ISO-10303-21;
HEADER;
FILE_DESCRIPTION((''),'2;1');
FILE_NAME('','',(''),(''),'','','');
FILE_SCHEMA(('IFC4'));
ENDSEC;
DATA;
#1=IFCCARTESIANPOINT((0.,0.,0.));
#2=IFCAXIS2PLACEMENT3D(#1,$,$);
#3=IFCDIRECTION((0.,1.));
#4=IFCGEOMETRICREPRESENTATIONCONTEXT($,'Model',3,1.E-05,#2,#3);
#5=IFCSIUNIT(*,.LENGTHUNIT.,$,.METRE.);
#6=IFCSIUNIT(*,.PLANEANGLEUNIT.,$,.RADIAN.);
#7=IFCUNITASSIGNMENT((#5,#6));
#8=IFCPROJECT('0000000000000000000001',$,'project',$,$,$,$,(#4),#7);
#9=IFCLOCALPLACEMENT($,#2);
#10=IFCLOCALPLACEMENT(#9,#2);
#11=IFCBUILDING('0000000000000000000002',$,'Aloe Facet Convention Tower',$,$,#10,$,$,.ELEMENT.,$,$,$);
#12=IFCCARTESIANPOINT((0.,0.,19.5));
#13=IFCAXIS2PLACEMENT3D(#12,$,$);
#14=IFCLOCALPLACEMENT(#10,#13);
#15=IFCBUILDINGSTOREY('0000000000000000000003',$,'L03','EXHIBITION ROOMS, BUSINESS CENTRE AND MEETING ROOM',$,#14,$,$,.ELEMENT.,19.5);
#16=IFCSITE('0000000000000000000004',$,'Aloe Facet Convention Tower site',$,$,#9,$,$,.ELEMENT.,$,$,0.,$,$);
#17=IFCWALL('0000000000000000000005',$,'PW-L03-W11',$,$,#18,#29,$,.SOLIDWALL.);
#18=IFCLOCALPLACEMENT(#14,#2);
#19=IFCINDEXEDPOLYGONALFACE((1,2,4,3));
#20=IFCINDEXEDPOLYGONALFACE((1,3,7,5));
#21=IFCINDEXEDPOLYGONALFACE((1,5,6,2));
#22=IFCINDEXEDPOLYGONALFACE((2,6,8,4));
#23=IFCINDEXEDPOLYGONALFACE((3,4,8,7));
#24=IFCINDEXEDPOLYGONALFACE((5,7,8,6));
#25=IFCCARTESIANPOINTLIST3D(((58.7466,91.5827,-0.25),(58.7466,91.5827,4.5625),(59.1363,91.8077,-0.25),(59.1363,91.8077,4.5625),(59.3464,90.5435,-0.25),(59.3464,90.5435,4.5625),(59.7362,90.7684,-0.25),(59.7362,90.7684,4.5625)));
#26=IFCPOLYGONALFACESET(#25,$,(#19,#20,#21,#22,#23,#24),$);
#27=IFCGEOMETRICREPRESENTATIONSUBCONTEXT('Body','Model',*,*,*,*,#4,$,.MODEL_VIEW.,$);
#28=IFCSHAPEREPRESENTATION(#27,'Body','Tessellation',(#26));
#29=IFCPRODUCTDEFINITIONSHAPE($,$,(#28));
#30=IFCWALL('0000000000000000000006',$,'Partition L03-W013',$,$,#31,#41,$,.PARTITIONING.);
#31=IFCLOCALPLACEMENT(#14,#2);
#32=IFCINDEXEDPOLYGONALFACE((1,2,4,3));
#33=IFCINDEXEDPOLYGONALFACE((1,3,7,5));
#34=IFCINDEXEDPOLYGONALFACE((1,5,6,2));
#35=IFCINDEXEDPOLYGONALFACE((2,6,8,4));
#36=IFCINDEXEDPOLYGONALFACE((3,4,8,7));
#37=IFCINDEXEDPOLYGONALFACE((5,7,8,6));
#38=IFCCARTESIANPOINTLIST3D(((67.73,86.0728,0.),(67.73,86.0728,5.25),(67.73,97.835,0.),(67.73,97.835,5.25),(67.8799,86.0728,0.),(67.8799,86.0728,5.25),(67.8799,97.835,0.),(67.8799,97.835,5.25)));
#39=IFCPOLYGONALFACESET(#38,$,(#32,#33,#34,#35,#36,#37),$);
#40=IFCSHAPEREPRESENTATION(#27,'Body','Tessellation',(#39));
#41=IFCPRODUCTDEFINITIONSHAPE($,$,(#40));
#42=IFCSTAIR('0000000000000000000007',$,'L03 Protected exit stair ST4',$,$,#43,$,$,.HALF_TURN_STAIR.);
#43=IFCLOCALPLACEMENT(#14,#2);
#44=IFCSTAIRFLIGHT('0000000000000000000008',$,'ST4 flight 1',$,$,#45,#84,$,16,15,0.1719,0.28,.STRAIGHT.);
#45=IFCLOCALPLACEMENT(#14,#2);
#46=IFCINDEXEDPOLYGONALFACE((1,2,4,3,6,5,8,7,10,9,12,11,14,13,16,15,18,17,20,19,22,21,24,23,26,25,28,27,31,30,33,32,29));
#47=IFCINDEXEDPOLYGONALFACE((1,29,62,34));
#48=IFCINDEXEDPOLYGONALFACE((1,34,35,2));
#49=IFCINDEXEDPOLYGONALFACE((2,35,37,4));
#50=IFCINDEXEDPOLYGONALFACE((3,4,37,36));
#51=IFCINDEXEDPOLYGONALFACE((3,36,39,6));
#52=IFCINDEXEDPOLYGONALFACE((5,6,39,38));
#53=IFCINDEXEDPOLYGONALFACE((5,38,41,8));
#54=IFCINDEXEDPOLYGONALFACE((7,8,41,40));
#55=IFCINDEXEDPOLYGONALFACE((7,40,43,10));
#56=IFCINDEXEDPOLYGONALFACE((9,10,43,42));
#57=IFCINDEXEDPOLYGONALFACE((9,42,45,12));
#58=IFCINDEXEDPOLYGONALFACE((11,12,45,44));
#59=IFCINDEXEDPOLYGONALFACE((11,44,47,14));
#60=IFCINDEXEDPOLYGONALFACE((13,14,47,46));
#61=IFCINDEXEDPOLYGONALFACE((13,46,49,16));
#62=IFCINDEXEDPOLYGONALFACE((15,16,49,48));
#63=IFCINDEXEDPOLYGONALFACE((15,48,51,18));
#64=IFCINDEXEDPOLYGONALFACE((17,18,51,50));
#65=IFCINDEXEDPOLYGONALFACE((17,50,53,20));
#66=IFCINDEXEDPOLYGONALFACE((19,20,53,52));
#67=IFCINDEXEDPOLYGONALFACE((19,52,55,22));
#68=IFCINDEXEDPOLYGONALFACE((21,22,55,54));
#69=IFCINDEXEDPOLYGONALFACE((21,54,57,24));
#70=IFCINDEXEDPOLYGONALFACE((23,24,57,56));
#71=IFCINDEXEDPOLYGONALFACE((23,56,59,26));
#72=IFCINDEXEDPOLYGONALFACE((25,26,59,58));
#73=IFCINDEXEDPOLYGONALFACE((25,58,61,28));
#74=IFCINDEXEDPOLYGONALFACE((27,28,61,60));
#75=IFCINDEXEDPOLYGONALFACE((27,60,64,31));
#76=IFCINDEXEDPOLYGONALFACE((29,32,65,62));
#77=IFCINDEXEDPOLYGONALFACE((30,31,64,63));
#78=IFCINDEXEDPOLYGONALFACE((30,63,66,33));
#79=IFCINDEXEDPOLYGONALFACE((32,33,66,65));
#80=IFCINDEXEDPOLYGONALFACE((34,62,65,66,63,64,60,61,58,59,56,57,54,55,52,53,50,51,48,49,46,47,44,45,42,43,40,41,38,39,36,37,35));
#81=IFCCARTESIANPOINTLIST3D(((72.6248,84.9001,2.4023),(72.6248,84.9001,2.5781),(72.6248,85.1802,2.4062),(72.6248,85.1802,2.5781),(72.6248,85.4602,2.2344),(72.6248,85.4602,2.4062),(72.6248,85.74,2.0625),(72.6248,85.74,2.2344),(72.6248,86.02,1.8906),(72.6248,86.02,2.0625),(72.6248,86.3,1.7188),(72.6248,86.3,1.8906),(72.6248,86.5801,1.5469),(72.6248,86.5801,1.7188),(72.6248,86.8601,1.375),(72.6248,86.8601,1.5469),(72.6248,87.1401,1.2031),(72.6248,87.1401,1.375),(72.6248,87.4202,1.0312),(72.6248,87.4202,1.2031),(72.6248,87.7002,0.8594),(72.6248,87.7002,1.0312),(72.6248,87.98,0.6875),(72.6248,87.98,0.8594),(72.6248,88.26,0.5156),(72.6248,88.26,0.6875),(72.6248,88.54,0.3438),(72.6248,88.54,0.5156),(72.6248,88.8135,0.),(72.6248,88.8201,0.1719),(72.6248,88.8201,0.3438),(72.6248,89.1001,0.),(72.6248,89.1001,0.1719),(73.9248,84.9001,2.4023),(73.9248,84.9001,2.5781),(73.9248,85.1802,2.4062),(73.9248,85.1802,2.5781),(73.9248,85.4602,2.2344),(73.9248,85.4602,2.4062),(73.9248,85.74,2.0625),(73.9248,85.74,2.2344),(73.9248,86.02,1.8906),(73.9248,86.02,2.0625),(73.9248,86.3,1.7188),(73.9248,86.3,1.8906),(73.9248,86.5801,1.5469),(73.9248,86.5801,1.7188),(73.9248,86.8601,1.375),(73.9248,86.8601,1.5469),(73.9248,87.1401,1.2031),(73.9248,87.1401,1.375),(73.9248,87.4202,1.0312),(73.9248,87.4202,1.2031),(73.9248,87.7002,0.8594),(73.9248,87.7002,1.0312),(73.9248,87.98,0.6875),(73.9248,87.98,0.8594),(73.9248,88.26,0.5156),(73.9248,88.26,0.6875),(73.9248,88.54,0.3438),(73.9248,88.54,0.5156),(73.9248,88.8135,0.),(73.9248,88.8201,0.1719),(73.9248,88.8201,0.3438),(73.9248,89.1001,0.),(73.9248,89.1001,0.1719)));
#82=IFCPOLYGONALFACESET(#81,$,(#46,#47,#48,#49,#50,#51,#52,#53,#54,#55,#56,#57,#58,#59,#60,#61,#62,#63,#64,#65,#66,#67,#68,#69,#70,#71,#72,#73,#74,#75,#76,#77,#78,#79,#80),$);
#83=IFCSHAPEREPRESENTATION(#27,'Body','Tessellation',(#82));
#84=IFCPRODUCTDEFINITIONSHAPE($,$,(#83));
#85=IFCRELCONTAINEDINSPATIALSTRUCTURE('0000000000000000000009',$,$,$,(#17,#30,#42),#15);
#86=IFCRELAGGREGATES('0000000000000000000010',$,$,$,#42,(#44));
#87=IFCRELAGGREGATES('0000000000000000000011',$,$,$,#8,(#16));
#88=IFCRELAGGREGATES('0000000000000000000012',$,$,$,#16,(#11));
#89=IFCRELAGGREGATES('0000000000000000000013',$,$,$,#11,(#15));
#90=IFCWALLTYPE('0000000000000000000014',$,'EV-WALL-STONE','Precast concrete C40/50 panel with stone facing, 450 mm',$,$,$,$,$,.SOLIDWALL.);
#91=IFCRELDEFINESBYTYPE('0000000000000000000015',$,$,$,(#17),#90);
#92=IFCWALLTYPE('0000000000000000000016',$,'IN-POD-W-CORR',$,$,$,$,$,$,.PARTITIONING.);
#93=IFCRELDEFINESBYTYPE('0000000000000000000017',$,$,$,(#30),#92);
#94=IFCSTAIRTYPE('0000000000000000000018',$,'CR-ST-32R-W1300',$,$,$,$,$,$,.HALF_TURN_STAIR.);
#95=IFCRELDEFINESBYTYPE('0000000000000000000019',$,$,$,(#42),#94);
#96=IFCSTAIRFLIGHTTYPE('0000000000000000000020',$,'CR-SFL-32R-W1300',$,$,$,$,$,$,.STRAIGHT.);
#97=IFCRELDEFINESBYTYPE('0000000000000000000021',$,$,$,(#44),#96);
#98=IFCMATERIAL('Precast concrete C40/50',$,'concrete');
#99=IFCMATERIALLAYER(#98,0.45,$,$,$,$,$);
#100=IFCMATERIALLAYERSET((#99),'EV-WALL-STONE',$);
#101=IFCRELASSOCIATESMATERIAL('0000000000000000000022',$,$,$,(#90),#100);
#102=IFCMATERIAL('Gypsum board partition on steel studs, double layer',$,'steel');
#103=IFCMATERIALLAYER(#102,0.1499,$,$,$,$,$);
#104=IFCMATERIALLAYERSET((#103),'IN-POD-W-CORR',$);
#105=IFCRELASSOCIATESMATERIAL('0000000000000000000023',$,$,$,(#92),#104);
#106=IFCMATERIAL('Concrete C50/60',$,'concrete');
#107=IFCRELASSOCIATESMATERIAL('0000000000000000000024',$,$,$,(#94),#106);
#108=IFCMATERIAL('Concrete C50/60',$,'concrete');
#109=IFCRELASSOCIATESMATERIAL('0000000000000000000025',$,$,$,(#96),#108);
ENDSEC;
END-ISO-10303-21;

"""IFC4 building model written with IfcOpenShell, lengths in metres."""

from ifc_helpers import new_model, si_unit, direction, frame, frame_2d, origin, place, context, subcontext, project, spatial, polyline, rectangle, outline, extrude, material, layer, layer_set, type_object, element, aggregate, save


model = new_model("IFC4")

# Units and contexts
model_context = context("Model", 3, precision=1e-05, world=origin(), true_north=direction((0.0, 1.0)))
body_context = subcontext(model_context, "Body", "Model", "MODEL_VIEW")
ifc_project = project(units=[si_unit("LENGTHUNIT", "METRE"), si_unit("PLANEANGLEUNIT", "RADIAN")], contexts=[model_context])

# Site, building, storey
site_placement = place(None, origin())
site = spatial("IfcSite", under=ifc_project, at=site_placement, Name="Aloe Facet Convention Tower site", CompositionType="ELEMENT", RefElevation=0.0)
building_placement = place(site_placement, origin())
building = spatial("IfcBuilding", under=site, at=building_placement, Name="Aloe Facet Convention Tower", CompositionType="ELEMENT")
storey_placement = place(building_placement, frame((0.0, 0.0, 19.5)))
storey = spatial("IfcBuildingStorey", under=building, at=storey_placement, Name="L03", Description="EXHIBITION ROOMS, BUSINESS CENTRE AND MEETING ROOM", CompositionType="ELEMENT", Elevation=19.5)

# Walls
ifc_material_1 = material(Name="Precast concrete C40/50", Category="concrete")
ifc_layer_1 = layer(ifc_material_1, 0.45)
ifc_layer_set_1 = layer_set([ifc_layer_1], Name="EV-WALL-STONE")
wall_type_1 = type_object("IfcWallType", Name="EV-WALL-STONE", Description="Precast concrete C40/50 panel with stone facing, 450 mm", PredefinedType="SOLIDWALL", material=ifc_layer_set_1)
wall_1_placement = place(storey_placement, frame((58.9414, 91.6953, -0.25), z_axis=(0.0, 0.0, 1.0), x_axis=(0.499881, -0.866094, 0.0)))
element("IfcWall", 1, at=wall_1_placement, inside=storey, type_object=wall_type_1, Name="PW-L03-W11", PredefinedType="SOLIDWALL", context=body_context, shape_type="SweptSolid", body=[
    extrude(rectangle(XDim=1.2, YDim=0.45, at=frame_2d((0.6001, 0.0))), origin(), (0.0, 0.0, 1.0), 4.8125),
])
ifc_material_2 = material(Name="Gypsum board partition on steel studs, double layer", Category="steel")
ifc_layer_2 = layer(ifc_material_2, 0.1499)
ifc_layer_set_2 = layer_set([ifc_layer_2], Name="IN-POD-W-CORR")
wall_type_2 = type_object("IfcWallType", Name="IN-POD-W-CORR", PredefinedType="PARTITIONING", material=ifc_layer_set_2)
wall_2_placement = place(storey_placement, frame((67.8049, 86.0728, 0.0), z_axis=(0.0, 0.0, 1.0), x_axis=(0.0, 1.0, 0.0)))
element("IfcWall", 2, at=wall_2_placement, inside=storey, type_object=wall_type_2, Name="Partition L03-W013", PredefinedType="PARTITIONING", context=body_context, shape_type="SweptSolid", body=[
    extrude(rectangle(XDim=11.7622, YDim=0.1499, at=frame_2d((5.8811, 0.0))), origin(), (0.0, 0.0, 1.0), 5.25),
])

# Stair, stair flight
ifc_material_3 = material(Name="Concrete C50/60", Category="concrete")
stair_type = type_object("IfcStairType", Name="CR-ST-32R-W1300", PredefinedType="HALF_TURN_STAIR", material=ifc_material_3)
stair_placement = place(storey_placement, origin())
stair = element("IfcStair", 3, at=stair_placement, inside=storey, type_object=stair_type, Name="L03 Protected exit stair ST4", PredefinedType="HALF_TURN_STAIR")
ifc_material_4 = material(Name="Concrete C50/60", Category="concrete")
stair_flight_type = type_object("IfcStairFlightType", Name="CR-SFL-32R-W1300", PredefinedType="STRAIGHT", material=ifc_material_4)
stair_flight_placement = place(storey_placement, frame((73.2749, 89.1001, 0.0), z_axis=(0.0, 0.0, 1.0), x_axis=(0.0, -1.0, 0.0)))
stair_flight = element("IfcStairFlight", 4, at=stair_flight_placement, type_object=stair_flight_type, Name="ST4 flight 1", NumberOfRisers=16, NumberOfTreads=15, PredefinedType="STRAIGHT", RiserHeight=0.1719, TreadLength=0.28, context=body_context, shape_type="SweptSolid", body=[
    extrude(outline(polyline([(0.0, 0.0), (0.0, 0.1719), (0.28, 0.1719), (0.28, 0.3438), (0.5601, 0.3438), (0.5601, 0.5156), (0.8401, 0.5156), (0.8401, 0.6875), (1.1201, 0.6875), (1.1201, 0.8594), (1.3999, 0.8594), (1.3999, 1.0312), (1.6799, 1.0312), (1.6799, 1.2031), (1.96, 1.2031), (1.96, 1.375), (2.24, 1.375), (2.24, 1.5469), (2.52, 1.5469), (2.52, 1.7188), (2.8, 1.7188), (2.8, 1.8906), (3.0801, 1.8906), (3.0801, 2.0625), (3.3601, 2.0625), (3.3601, 2.2344), (3.6399, 2.2344), (3.6399, 2.4062), (3.9199, 2.4062), (3.9199, 2.5781), (4.2, 2.5781), (4.2, 2.75), (4.2, 2.4023), (0.2866, 0.0), (0.0, 0.0)])), frame((0.0, 0.6499, 0.0), z_axis=(0.0, -1.0, 0.0), x_axis=(1.0, 0.0, 0.0)), (0.0, 0.0, 1.0), 1.3),
])
aggregate(stair, [stair_flight])

save(model, "model.ifc")
